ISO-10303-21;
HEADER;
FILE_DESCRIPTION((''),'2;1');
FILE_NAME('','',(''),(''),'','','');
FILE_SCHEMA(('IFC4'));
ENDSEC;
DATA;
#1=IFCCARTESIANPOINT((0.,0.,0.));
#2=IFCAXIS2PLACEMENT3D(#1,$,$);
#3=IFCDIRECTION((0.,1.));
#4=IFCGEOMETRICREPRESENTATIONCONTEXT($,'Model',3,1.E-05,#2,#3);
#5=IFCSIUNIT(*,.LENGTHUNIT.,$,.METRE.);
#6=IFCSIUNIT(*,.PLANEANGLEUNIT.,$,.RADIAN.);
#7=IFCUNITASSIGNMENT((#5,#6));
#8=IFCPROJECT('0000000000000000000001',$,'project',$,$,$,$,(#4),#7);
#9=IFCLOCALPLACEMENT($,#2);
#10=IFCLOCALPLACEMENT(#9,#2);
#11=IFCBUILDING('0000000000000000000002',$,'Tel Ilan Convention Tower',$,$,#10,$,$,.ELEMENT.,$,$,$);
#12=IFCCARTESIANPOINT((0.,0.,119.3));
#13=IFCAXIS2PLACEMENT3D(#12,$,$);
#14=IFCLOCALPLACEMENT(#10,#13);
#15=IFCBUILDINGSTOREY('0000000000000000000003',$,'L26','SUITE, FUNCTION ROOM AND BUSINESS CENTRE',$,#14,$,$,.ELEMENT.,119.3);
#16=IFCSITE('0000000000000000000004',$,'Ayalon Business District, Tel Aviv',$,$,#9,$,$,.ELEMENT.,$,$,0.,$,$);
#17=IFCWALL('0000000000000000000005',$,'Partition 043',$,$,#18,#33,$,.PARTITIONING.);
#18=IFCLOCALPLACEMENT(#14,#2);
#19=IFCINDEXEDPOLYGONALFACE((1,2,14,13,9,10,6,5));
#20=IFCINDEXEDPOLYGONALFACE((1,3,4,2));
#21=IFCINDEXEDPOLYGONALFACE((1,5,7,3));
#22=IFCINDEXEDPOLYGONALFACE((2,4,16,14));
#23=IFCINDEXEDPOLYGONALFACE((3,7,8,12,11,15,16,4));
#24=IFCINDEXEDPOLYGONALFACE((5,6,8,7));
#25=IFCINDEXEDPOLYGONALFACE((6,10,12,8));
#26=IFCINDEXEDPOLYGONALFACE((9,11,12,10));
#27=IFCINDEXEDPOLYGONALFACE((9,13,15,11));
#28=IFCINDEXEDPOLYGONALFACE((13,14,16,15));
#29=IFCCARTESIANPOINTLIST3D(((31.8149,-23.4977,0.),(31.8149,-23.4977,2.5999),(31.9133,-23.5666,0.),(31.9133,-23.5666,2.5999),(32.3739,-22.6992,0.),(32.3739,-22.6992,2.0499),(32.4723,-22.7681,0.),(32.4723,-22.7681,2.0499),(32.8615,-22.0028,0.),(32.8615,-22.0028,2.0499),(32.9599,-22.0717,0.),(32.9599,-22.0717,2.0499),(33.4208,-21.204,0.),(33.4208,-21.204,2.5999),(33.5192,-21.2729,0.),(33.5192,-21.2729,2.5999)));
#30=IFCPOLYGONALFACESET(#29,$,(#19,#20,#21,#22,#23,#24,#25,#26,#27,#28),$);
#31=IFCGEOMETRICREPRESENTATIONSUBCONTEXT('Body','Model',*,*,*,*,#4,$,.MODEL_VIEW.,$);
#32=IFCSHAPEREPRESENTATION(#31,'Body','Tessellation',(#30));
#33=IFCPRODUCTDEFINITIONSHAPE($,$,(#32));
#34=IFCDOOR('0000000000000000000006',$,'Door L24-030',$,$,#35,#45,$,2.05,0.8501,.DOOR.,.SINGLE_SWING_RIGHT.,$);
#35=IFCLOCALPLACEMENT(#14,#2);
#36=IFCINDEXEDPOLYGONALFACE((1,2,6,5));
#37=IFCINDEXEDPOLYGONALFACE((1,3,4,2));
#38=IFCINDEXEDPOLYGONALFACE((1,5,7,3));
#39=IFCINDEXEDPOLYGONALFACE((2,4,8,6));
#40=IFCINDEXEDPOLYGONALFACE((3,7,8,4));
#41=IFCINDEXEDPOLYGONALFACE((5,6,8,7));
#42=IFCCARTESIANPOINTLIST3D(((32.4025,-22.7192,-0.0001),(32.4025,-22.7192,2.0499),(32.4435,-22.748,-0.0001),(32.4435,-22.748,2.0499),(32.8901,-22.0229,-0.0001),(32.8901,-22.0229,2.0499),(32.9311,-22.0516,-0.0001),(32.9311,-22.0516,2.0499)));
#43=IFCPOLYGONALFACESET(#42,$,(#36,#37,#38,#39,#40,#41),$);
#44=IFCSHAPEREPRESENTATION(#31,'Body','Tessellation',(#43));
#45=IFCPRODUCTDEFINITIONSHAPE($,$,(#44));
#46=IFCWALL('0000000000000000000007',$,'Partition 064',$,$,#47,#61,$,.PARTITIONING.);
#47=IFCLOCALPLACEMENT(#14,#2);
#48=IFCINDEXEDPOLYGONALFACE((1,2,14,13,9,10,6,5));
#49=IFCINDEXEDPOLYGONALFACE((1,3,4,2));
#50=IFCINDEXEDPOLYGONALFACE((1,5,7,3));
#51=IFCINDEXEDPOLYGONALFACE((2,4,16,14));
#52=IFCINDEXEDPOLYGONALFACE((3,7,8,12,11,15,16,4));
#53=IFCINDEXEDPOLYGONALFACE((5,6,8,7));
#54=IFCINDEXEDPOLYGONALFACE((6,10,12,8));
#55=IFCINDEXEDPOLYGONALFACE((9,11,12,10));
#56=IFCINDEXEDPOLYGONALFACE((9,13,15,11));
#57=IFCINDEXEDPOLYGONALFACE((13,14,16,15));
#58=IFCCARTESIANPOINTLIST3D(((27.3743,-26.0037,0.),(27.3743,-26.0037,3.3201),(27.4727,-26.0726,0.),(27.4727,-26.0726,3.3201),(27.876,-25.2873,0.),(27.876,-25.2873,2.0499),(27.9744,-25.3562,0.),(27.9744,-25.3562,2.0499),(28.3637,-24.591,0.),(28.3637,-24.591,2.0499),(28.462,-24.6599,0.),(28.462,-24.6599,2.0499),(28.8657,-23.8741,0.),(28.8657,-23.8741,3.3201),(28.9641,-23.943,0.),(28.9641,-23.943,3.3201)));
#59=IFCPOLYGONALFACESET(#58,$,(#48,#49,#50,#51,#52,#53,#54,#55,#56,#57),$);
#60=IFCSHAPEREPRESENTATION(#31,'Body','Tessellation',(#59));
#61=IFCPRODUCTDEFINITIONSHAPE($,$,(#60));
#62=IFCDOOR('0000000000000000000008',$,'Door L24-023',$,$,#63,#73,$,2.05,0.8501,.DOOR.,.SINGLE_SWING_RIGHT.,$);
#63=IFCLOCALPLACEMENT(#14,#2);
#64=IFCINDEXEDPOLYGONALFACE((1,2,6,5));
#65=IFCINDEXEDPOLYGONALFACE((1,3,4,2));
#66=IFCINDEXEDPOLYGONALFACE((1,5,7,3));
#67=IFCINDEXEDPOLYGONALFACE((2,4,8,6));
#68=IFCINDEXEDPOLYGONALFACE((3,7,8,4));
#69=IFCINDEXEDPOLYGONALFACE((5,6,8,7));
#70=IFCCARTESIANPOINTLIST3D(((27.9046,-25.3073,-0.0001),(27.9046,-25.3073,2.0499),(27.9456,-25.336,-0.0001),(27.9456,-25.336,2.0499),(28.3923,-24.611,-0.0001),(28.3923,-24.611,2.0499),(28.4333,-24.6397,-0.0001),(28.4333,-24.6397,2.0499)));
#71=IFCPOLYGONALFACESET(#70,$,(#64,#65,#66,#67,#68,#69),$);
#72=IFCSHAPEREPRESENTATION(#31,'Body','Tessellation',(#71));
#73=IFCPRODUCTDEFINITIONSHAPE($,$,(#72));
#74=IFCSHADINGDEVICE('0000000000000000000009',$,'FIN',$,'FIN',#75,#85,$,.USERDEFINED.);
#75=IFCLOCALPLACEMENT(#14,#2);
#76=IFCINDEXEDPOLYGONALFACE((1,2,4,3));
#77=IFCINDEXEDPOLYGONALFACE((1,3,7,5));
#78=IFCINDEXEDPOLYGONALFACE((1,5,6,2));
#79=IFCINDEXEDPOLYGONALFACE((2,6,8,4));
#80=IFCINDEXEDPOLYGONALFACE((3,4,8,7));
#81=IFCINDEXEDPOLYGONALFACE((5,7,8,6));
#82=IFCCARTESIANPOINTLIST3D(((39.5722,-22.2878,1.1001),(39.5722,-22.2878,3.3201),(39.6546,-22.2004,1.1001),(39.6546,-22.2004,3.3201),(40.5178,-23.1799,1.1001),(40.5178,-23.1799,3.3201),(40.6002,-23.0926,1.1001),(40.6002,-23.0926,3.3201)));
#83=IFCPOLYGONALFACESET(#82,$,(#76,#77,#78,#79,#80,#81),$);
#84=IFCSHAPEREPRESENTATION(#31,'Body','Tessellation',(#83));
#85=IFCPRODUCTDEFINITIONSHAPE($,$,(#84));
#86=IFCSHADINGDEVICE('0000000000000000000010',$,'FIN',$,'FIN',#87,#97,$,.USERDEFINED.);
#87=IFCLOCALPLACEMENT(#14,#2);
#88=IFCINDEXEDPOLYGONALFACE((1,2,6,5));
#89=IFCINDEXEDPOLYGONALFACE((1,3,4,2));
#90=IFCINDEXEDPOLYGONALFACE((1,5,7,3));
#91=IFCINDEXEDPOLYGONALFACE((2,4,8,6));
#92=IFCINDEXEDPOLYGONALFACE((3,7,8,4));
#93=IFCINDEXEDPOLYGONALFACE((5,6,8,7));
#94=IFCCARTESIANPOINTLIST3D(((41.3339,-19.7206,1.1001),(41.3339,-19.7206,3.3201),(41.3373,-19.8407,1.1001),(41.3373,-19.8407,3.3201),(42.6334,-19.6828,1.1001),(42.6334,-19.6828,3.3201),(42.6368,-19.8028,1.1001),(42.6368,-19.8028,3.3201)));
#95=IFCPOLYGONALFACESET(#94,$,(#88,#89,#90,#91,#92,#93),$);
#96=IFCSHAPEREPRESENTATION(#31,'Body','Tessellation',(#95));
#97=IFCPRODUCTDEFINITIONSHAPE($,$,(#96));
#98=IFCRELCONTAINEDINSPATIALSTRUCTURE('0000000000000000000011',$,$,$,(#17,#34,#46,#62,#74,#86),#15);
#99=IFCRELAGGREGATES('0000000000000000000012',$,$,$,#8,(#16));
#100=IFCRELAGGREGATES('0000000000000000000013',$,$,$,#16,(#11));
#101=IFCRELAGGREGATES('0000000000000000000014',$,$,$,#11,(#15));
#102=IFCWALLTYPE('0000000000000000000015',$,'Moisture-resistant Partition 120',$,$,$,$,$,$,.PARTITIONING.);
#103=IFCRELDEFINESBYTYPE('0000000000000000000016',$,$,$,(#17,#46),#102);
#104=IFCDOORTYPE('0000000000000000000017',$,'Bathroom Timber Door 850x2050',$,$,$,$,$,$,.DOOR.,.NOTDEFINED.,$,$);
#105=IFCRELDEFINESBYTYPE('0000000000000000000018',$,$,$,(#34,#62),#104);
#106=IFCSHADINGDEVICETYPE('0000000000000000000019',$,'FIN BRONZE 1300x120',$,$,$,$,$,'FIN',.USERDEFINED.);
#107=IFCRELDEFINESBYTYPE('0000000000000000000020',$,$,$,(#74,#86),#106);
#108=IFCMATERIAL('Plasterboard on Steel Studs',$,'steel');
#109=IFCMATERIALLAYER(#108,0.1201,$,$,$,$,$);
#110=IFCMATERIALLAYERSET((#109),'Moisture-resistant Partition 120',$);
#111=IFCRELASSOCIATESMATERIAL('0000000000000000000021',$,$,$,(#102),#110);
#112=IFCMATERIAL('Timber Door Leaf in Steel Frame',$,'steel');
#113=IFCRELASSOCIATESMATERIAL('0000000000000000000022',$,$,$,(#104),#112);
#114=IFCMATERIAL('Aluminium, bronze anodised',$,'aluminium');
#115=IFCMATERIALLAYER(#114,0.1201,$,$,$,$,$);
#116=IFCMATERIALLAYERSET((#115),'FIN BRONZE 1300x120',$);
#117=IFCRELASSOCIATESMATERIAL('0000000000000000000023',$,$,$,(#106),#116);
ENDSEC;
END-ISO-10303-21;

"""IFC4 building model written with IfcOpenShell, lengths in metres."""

from ifc_helpers import new_model, si_unit, direction, frame, frame_2d, origin, origin_2d, place, context, subcontext, project, spatial, rectangle, extrude, material, layer, layer_set, type_object, element, fill, save


model = new_model("IFC4")

# Units and contexts
model_context = context("Model", 3, precision=1e-05, world=origin(), true_north=direction((0.0, 1.0)))
body_context = subcontext(model_context, "Body", "Model", "MODEL_VIEW")
ifc_project = project(units=[si_unit("LENGTHUNIT", "METRE"), si_unit("PLANEANGLEUNIT", "RADIAN")], contexts=[model_context])

# Site, building, storey
site_placement = place(None, origin())
site = spatial("IfcSite", under=ifc_project, at=site_placement, Name="Ayalon Business District, Tel Aviv", CompositionType="ELEMENT", RefElevation=0.0)
building_placement = place(site_placement, origin())
building = spatial("IfcBuilding", under=site, at=building_placement, Name="Tel Ilan Convention Tower", CompositionType="ELEMENT")
storey_placement = place(building_placement, frame((0.0, 0.0, 119.3)))
storey = spatial("IfcBuildingStorey", under=building, at=storey_placement, Name="L26", Description="SUITE, FUNCTION ROOM AND BUSINESS CENTRE", CompositionType="ELEMENT", Elevation=119.3)

# Shared definitions
ifc_material_1 = material(Name="Plasterboard on Steel Studs", Category="steel")
ifc_layer_1 = layer(ifc_material_1, 0.1201)
ifc_layer_set_1 = layer_set([ifc_layer_1], Name="Moisture-resistant Partition 120")
wall_type_1 = type_object("IfcWallType", Name="Moisture-resistant Partition 120", PredefinedType="PARTITIONING", material=ifc_layer_set_1)

# Walls, openings, doors
wall_1_placement = place(storey_placement, frame((33.47, -21.2385, 0.0), z_axis=(0.0, 0.0, 1.0), x_axis=(-0.57355, -0.81917, 0.0)))
wall_1 = element("IfcWall", 1, at=wall_1_placement, inside=storey, type_object=wall_type_1, Name="Partition 043", PredefinedType="PARTITIONING", context=body_context, shape_type="SweptSolid", body=[
    extrude(rectangle(XDim=2.8, YDim=0.1201, at=frame_2d((1.3999, 0.0))), origin(), (0.0, 0.0, 1.0), 2.5999),
])
opening_1_placement = place(wall_1_placement, frame((0.9751, 0.0, 0.0)))
opening_1 = element("IfcOpeningElement", 2, at=opening_1_placement, cuts=wall_1, PredefinedType="OPENING", context=body_context, shape_type="SweptSolid", body=[
    extrude(rectangle(XDim=0.8501, YDim=2.05, at=frame_2d((0.425, 1.0249))), frame((0.0, 0.0701, 0.0), z_axis=(0.0, -1.0, 0.0), x_axis=(1.0, 0.0, 0.0)), (0.0, 0.0, 1.0), 0.1401),
])
ifc_material_2 = material(Name="Timber Door Leaf in Steel Frame", Category="steel")
door_type_1 = type_object("IfcDoorType", Name="Bathroom Timber Door 850x2050", OperationType="NOTDEFINED", PredefinedType="DOOR", material=ifc_material_2)
door_1_placement = place(opening_1_placement, origin())
door_1 = element("IfcDoor", 3, at=door_1_placement, inside=storey, type_object=door_type_1, Name="Door L24-030", OperationType="SINGLE_SWING_RIGHT", OverallHeight=2.05, OverallWidth=0.8501, PredefinedType="DOOR", context=body_context, shape_type="SweptSolid", body=[
    extrude(rectangle(XDim=0.8501, YDim=2.05, at=frame_2d((0.425, 1.0249))), frame((0.0, 0.0249, 0.0), z_axis=(0.0, -1.0, 0.0), x_axis=(1.0, 0.0, 0.0)), (0.0, 0.0, 1.0), 0.05),
])
fill(opening_1, door_1)
wall_2_placement = place(storey_placement, frame((28.9148, -23.9087, 0.0), z_axis=(0.0, 0.0, 1.0), x_axis=(-0.573645, -0.819104, 0.0)))
wall_2 = element("IfcWall", 4, at=wall_2_placement, inside=storey, type_object=wall_type_1, Name="Partition 064", PredefinedType="PARTITIONING", context=body_context, shape_type="SweptSolid", body=[
    extrude(rectangle(XDim=2.5999, YDim=0.1201, at=frame_2d((1.2998, 0.0))), origin(), (0.0, 0.0, 1.0), 3.3201),
])
opening_2_placement = place(wall_2_placement, frame((0.875, 0.0, 0.0)))
opening_2 = element("IfcOpeningElement", 5, at=opening_2_placement, cuts=wall_2, PredefinedType="OPENING", context=body_context, shape_type="SweptSolid", body=[
    extrude(rectangle(XDim=0.8501, YDim=2.05, at=frame_2d((0.425, 1.0249))), frame((0.0, 0.0701, 0.0), z_axis=(0.0, -1.0, 0.0), x_axis=(1.0, 0.0, 0.0)), (0.0, 0.0, 1.0), 0.1401),
])
door_2_placement = place(opening_2_placement, origin())
door_2 = element("IfcDoor", 6, at=door_2_placement, inside=storey, type_object=door_type_1, Name="Door L24-023", OperationType="SINGLE_SWING_RIGHT", OverallHeight=2.05, OverallWidth=0.8501, PredefinedType="DOOR", context=body_context, shape_type="SweptSolid", body=[
    extrude(rectangle(XDim=0.8501, YDim=2.05, at=frame_2d((0.425, 1.0249))), frame((0.0, 0.0249, 0.0), z_axis=(0.0, -1.0, 0.0), x_axis=(1.0, 0.0, 0.0)), (0.0, 0.0, 1.0), 0.05),
])
fill(opening_2, door_2)

# Shading devices
ifc_material_3 = material(Name="Aluminium, bronze anodised", Category="aluminium")
ifc_layer_2 = layer(ifc_material_3, 0.1201)
ifc_layer_set_2 = layer_set([ifc_layer_2], Name="FIN BRONZE 1300x120")
shading_device_type = type_object("IfcShadingDeviceType", Name="FIN BRONZE 1300x120", ElementType="FIN", PredefinedType="USERDEFINED", material=ifc_layer_set_2)
for number, where, z_axis, x_axis, name in (
    (7, (40.0862, -22.6902, 1.1001), (0.0, 0.0, 1.0), (0.727374, -0.686242, 0.0), "FIN"),
    (8, (41.9854, -19.7617, 1.1001), (0.0, 0.0, 1.0), (0.999577, 0.029085, 0.0), "FIN"),
):
    element("IfcShadingDevice", number, at=place(storey_placement, frame(where, z_axis=z_axis, x_axis=x_axis)), inside=storey, type_object=shading_device_type, Name=name, ObjectType="FIN", PredefinedType="USERDEFINED", context=body_context, shape_type="SweptSolid", body=[
        extrude(rectangle(XDim=1.3, YDim=0.1201, at=origin_2d()), origin(), (0.0, 0.0, 1.0), 2.22),
    ])

save(model, "model.ifc")
